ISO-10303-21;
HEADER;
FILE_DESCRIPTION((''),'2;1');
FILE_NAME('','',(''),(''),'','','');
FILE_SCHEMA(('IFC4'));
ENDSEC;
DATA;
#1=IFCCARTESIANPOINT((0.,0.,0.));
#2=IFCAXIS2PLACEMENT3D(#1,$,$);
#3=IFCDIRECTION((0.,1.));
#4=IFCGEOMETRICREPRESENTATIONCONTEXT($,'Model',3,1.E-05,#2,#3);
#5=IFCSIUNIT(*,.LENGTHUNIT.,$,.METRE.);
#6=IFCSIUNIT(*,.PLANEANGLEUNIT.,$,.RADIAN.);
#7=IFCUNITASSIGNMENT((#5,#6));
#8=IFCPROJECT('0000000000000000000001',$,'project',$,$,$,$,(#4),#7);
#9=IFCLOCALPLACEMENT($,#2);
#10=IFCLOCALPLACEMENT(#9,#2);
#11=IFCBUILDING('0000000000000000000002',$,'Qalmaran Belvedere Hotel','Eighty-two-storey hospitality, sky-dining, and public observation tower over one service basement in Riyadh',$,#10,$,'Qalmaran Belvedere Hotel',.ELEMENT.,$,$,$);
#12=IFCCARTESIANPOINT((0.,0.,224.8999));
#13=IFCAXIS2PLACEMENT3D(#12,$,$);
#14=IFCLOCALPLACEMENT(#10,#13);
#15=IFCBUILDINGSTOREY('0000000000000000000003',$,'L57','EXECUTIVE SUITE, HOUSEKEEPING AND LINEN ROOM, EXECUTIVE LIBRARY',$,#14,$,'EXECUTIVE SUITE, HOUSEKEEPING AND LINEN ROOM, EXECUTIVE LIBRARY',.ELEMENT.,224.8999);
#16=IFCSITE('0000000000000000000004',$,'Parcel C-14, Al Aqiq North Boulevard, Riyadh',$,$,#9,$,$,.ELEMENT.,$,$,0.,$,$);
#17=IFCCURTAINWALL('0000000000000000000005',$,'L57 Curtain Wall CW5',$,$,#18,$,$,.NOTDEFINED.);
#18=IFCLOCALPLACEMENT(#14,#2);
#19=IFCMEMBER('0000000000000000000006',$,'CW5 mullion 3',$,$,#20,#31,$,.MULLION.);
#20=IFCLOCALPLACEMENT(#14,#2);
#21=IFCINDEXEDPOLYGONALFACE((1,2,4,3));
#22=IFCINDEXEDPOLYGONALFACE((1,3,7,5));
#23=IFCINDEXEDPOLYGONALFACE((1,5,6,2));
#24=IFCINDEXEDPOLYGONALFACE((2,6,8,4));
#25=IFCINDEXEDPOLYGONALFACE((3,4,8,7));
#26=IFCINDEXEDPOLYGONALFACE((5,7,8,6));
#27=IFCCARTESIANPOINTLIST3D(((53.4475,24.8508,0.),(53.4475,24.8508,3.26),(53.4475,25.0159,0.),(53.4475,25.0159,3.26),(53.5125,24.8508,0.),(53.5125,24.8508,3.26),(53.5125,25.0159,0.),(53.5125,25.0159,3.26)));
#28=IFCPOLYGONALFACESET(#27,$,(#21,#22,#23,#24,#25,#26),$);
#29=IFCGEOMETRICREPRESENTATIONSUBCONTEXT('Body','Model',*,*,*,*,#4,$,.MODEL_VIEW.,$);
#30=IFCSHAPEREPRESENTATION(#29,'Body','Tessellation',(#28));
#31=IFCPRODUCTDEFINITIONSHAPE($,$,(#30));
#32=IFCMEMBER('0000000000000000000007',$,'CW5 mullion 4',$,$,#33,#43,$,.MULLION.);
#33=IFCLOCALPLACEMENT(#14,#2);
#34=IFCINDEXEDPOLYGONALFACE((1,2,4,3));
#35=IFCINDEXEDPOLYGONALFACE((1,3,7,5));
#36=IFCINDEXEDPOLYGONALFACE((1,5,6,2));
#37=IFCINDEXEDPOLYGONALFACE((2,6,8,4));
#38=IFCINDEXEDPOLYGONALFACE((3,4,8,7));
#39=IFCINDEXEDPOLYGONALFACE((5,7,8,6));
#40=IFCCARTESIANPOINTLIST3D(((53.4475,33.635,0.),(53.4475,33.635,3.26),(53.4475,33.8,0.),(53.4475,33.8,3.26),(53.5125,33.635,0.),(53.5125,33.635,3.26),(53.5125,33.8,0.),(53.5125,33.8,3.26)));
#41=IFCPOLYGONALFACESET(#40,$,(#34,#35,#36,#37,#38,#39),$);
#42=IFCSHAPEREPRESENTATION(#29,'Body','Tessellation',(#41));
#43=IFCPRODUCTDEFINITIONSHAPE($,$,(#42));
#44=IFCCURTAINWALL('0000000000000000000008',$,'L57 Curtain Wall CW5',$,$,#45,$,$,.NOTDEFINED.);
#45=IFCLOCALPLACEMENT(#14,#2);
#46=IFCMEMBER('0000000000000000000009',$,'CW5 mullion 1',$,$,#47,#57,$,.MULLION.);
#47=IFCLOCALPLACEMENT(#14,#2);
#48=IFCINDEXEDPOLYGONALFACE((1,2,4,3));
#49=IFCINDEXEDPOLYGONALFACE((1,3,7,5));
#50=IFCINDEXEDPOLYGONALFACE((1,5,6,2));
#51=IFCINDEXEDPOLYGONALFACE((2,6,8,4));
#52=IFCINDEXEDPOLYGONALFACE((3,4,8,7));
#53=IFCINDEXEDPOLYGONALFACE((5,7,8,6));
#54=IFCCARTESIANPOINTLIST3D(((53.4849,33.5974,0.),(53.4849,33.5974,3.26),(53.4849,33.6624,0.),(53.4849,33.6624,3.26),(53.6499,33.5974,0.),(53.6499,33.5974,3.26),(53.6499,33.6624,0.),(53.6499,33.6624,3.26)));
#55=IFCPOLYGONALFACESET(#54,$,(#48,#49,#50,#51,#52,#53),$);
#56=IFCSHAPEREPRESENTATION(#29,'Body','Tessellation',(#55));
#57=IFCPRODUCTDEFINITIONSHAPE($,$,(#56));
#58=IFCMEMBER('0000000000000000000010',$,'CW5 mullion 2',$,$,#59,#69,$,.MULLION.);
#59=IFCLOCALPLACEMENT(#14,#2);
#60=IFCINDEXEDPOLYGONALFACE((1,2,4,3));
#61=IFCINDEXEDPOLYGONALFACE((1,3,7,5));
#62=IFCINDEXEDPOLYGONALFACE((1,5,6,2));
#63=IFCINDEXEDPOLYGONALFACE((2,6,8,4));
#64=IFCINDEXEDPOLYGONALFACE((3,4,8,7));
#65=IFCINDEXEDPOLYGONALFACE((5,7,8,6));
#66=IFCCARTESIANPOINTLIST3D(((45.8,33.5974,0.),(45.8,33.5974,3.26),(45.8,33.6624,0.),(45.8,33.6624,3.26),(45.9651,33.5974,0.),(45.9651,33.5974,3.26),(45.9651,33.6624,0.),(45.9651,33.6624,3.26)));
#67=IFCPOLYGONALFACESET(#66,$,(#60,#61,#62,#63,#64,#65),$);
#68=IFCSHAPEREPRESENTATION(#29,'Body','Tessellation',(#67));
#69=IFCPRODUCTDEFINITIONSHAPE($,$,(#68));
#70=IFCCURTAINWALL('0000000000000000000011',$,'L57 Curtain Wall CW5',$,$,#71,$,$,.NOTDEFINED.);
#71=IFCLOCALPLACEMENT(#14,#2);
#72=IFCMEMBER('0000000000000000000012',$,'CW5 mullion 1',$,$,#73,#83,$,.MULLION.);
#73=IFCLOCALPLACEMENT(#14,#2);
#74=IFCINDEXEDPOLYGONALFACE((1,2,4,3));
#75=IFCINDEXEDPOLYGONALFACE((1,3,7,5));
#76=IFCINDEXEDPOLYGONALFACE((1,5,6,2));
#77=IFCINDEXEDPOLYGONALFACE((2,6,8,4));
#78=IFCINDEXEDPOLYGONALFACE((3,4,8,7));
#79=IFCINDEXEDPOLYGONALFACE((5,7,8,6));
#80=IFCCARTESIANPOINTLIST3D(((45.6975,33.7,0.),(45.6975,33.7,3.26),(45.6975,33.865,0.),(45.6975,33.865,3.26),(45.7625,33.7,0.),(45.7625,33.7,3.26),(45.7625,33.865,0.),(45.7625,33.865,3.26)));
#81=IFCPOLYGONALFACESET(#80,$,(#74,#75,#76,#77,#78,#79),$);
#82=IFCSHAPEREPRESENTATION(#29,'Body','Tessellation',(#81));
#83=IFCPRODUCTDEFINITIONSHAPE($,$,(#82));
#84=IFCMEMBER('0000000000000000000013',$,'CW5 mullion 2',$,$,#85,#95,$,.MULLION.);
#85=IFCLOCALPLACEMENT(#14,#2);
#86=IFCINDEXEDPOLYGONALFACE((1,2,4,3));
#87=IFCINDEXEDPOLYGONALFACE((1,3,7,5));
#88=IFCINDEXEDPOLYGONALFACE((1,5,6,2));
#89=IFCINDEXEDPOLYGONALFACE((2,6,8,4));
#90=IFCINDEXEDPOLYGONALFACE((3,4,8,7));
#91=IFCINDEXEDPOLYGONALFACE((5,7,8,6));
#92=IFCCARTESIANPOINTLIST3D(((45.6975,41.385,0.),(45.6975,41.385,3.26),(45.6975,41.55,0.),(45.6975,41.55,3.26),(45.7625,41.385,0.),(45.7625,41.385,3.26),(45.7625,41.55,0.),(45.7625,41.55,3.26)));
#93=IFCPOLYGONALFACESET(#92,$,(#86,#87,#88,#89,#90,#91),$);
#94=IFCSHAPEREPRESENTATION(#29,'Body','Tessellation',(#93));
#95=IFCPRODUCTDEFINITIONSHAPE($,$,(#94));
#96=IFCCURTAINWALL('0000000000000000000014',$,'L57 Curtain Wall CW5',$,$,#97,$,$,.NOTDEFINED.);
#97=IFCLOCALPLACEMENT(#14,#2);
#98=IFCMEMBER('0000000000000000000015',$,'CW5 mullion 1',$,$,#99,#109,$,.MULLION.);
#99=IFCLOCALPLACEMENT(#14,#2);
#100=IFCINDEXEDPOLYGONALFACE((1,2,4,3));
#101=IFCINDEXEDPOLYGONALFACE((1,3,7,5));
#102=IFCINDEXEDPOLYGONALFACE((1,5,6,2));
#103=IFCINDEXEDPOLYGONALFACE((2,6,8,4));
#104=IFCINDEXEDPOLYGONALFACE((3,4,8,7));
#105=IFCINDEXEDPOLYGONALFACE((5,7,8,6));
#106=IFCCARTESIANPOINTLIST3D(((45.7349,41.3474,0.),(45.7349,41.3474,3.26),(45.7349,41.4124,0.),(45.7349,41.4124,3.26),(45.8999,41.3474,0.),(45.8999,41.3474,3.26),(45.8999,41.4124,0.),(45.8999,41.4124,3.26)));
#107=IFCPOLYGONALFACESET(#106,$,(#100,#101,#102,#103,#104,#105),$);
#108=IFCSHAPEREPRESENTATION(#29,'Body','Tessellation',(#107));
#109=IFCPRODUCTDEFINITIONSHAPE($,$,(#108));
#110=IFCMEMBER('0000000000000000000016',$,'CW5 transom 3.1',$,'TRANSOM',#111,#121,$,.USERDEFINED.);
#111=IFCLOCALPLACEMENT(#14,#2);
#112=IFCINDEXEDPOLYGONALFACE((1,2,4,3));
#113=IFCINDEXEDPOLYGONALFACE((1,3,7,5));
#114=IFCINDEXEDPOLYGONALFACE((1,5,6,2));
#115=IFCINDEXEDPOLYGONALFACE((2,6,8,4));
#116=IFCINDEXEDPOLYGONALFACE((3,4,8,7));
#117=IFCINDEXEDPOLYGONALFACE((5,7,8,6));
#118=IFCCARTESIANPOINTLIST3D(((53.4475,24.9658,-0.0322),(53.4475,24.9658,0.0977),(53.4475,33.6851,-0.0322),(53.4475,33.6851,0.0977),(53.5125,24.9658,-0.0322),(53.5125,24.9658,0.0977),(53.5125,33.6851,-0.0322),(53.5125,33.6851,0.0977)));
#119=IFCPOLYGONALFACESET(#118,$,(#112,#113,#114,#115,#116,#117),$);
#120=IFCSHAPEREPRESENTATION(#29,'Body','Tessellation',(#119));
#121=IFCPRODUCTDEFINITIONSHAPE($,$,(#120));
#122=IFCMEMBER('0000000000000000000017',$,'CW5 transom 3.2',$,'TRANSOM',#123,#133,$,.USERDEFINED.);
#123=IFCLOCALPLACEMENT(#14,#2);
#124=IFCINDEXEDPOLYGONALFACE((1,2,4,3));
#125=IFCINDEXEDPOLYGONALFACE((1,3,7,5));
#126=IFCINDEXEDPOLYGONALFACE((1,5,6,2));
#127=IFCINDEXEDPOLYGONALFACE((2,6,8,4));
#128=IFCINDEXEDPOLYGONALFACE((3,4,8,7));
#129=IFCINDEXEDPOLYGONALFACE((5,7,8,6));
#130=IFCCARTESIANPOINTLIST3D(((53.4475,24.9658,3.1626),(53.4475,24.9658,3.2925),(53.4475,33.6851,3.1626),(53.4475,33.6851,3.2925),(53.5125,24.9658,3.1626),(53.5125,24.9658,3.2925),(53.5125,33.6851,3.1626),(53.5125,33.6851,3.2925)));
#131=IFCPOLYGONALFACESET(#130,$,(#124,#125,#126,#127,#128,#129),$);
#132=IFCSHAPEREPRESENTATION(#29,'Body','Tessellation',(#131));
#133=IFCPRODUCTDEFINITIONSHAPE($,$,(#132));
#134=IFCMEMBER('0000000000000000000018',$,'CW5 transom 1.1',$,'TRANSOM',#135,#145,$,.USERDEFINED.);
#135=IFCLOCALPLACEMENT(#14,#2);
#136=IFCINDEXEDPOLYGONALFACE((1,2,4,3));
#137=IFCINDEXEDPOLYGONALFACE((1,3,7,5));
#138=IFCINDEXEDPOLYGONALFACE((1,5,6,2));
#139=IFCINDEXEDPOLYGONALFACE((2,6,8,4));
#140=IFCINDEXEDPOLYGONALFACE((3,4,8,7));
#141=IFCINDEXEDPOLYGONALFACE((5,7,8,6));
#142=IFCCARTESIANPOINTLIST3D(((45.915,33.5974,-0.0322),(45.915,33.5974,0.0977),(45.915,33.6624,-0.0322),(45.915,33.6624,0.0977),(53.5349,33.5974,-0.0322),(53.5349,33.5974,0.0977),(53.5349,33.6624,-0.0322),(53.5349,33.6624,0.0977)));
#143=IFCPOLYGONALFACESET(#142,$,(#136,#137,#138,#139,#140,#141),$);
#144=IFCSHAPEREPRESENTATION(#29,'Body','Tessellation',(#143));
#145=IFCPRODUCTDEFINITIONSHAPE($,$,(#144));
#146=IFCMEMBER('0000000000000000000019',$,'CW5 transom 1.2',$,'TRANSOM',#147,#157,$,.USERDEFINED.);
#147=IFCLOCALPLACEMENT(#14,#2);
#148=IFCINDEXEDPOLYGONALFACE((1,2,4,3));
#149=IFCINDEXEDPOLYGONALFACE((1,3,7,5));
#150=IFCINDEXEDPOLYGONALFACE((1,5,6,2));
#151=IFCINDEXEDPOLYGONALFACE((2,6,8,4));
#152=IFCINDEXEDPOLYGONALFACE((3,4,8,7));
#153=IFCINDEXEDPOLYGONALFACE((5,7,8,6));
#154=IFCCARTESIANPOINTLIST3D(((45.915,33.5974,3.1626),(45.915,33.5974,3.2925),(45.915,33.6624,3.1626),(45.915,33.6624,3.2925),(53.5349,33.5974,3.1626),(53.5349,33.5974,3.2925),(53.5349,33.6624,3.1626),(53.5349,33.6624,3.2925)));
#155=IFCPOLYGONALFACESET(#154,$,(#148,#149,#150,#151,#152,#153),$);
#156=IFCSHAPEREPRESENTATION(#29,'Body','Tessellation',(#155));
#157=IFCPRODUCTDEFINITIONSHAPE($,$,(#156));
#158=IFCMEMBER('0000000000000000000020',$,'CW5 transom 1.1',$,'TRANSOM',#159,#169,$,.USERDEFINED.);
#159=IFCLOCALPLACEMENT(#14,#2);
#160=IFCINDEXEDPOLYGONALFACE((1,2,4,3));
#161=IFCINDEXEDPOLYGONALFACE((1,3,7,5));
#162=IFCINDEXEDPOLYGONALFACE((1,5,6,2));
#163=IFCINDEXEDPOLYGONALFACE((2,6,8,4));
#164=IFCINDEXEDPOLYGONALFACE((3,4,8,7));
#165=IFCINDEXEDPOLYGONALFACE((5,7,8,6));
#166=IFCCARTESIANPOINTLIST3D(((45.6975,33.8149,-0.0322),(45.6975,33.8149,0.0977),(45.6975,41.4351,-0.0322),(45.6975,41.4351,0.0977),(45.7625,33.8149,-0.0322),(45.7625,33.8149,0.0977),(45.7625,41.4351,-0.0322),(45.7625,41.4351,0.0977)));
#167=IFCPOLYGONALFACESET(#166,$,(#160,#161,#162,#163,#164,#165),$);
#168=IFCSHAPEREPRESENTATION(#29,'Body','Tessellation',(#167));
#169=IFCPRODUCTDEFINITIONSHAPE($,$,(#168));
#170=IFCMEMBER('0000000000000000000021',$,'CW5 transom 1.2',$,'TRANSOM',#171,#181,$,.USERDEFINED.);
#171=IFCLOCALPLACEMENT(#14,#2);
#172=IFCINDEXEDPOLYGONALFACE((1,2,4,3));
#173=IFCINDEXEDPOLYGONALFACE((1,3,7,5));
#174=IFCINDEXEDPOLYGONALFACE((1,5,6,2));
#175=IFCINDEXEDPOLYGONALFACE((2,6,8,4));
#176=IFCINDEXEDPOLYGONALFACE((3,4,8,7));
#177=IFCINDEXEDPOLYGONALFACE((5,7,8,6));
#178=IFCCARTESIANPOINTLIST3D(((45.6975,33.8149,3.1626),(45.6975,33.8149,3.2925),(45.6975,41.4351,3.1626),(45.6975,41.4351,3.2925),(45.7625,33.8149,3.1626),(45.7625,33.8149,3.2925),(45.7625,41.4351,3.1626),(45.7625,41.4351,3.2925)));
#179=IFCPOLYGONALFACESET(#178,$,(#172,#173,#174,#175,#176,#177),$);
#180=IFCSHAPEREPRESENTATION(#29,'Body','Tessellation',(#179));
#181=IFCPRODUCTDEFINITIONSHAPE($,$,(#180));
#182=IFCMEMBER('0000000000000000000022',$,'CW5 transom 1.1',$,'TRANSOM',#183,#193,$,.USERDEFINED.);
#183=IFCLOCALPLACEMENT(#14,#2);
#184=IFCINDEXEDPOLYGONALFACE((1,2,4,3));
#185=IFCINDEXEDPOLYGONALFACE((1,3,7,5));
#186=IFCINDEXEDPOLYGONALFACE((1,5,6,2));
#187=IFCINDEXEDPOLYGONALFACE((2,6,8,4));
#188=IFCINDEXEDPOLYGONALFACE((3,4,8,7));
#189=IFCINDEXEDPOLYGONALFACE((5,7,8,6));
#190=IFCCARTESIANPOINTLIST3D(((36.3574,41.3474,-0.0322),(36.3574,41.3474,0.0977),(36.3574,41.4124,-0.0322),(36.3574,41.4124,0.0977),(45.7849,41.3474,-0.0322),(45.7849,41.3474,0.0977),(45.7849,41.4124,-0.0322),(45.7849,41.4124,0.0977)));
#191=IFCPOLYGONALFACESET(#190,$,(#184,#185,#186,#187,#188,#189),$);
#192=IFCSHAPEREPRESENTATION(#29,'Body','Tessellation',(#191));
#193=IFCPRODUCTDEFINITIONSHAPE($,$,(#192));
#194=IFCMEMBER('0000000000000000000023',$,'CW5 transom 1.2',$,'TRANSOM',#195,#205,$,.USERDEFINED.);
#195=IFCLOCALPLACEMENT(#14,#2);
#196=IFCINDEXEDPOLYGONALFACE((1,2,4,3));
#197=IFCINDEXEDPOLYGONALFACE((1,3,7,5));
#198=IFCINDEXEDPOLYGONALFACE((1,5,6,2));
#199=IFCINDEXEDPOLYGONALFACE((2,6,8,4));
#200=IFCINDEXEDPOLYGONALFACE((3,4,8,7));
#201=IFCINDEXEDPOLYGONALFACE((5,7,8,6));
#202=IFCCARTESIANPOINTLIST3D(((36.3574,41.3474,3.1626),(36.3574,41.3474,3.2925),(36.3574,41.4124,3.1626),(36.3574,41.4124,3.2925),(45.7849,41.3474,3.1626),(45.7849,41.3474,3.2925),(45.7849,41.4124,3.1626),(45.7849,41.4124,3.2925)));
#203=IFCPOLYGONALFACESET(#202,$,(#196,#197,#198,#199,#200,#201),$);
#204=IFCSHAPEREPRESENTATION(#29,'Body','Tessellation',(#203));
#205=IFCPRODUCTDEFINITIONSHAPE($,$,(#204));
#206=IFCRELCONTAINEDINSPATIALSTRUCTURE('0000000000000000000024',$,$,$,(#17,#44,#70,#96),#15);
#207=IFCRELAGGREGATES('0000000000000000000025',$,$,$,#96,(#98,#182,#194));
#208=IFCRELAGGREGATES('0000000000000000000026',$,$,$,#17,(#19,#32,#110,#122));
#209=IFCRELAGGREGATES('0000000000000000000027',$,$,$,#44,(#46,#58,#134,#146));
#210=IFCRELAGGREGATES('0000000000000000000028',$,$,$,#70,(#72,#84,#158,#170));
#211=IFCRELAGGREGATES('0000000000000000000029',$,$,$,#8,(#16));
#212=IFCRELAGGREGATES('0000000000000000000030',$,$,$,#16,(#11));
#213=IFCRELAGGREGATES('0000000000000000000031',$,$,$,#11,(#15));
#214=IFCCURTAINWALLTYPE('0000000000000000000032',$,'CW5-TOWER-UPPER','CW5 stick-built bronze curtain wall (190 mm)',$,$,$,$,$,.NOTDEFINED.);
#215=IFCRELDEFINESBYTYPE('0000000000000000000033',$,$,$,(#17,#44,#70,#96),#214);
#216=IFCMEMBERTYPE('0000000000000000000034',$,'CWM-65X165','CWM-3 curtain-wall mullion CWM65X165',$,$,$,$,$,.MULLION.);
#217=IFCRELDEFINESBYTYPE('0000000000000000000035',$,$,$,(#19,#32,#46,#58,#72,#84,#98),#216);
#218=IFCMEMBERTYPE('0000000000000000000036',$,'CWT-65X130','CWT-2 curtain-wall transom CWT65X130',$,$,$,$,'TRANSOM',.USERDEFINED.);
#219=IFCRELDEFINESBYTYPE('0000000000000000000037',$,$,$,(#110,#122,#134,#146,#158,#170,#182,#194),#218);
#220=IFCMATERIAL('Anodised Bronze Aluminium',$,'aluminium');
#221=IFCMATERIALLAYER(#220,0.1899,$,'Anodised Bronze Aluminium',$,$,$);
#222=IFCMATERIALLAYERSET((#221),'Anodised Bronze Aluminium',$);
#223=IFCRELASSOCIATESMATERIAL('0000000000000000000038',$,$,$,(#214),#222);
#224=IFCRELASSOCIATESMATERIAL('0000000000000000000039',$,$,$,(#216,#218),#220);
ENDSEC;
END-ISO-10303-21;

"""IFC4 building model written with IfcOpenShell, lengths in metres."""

from ifc_helpers import new_model, si_unit, direction, frame, origin, origin_2d, place, context, subcontext, project, spatial, rectangle, extrude, material, layer, layer_set, material_profile, profile_set, type_object, element, aggregate, save


model = new_model("IFC4")

# Units and contexts
model_context = context("Model", 3, precision=1e-05, world=origin(), true_north=direction((0.0, 1.0)))
body_context = subcontext(model_context, "Body", "Model", "MODEL_VIEW")
ifc_project = project(units=[si_unit("LENGTHUNIT", "METRE"), si_unit("PLANEANGLEUNIT", "RADIAN")], contexts=[model_context])

# Site, building, storey
site_placement = place(None, origin())
site = spatial("IfcSite", under=ifc_project, at=site_placement, Name="Parcel C-14, Al Aqiq North Boulevard, Riyadh", CompositionType="ELEMENT", RefElevation=0.0)
building_placement = place(site_placement, origin())
building = spatial("IfcBuilding", under=site, at=building_placement, Name="Qalmaran Belvedere Hotel", Description="Eighty-two-storey hospitality, sky-dining, and public observation tower over one service basement in Riyadh", LongName="Qalmaran Belvedere Hotel", CompositionType="ELEMENT")
storey_placement = place(building_placement, frame((0.0, 0.0, 224.8999)))
storey = spatial("IfcBuildingStorey", under=building, at=storey_placement, Name="L57", Description="EXECUTIVE SUITE, HOUSEKEEPING AND LINEN ROOM, EXECUTIVE LIBRARY", LongName="EXECUTIVE SUITE, HOUSEKEEPING AND LINEN ROOM, EXECUTIVE LIBRARY", CompositionType="ELEMENT", Elevation=224.8999)

# Curtain walls, members
ifc_material_1 = material(Name="Anodised Bronze Aluminium", Category="aluminium")
ifc_layer_1 = layer(ifc_material_1, 0.1899, Name="Anodised Bronze Aluminium")
ifc_layer_set_1 = layer_set([ifc_layer_1], Name="Anodised Bronze Aluminium")
curtain_wall_type = type_object("IfcCurtainWallType", Name="CW5-TOWER-UPPER", Description="CW5 stick-built bronze curtain wall (190 mm)", PredefinedType="NOTDEFINED", material=ifc_layer_set_1)
curtain_wall_1_placement = place(storey_placement, origin())
curtain_wall_1 = element("IfcCurtainWall", 1, at=curtain_wall_1_placement, inside=storey, type_object=curtain_wall_type, Name="L57 Curtain Wall CW5", PredefinedType="NOTDEFINED")
ifc_material_profile_1 = material_profile(ifc_material_1, rectangle(XDim=0.0649, YDim=0.165, at=origin_2d()), Name="CWM65X165")
ifc_profile_set_1 = profile_set([ifc_material_profile_1], Name="Anodised Bronze Aluminium")
member_type_1 = type_object("IfcMemberType", Name="CWM-65X165", Description="CWM-3 curtain-wall mullion CWM65X165", PredefinedType="MULLION", material=ifc_profile_set_1)
member_1_placement = place(storey_placement, frame((53.48, 24.9333, 0.0), z_axis=(0.0, 0.0, 1.0), x_axis=(-1.0, 0.0, 0.0)))
member_1 = element("IfcMember", 2, at=member_1_placement, type_object=member_type_1, Name="CW5 mullion 3", PredefinedType="MULLION", context=body_context, shape_type="SweptSolid", body=[
    extrude(rectangle(XDim=0.0649, YDim=0.165, at=origin_2d()), origin(), (0.0, 0.0, 1.0), 3.26),
])
member_2_placement = place(storey_placement, frame((53.48, 33.7175, 0.0), z_axis=(0.0, 0.0, 1.0), x_axis=(-1.0, 0.0, 0.0)))
member_2 = element("IfcMember", 3, at=member_2_placement, type_object=member_type_1, Name="CW5 mullion 4", PredefinedType="MULLION", context=body_context, shape_type="SweptSolid", body=[
    extrude(rectangle(XDim=0.0649, YDim=0.165, at=origin_2d()), origin(), (0.0, 0.0, 1.0), 3.26),
])
curtain_wall_2_placement = place(storey_placement, origin())
curtain_wall_2 = element("IfcCurtainWall", 4, at=curtain_wall_2_placement, inside=storey, type_object=curtain_wall_type, Name="L57 Curtain Wall CW5", PredefinedType="NOTDEFINED")
member_3_placement = place(storey_placement, frame((53.5674, 33.6299, 0.0), z_axis=(0.0, 0.0, 1.0), x_axis=(0.0, -1.0, 0.0)))
member_3 = element("IfcMember", 5, at=member_3_placement, type_object=member_type_1, Name="CW5 mullion 1", PredefinedType="MULLION", context=body_context, shape_type="SweptSolid", body=[
    extrude(rectangle(XDim=0.0649, YDim=0.165, at=origin_2d()), origin(), (0.0, 0.0, 1.0), 3.26),
])
member_4_placement = place(storey_placement, frame((45.8826, 33.6299, 0.0), z_axis=(0.0, 0.0, 1.0), x_axis=(0.0, -1.0, 0.0)))
member_4 = element("IfcMember", 6, at=member_4_placement, type_object=member_type_1, Name="CW5 mullion 2", PredefinedType="MULLION", context=body_context, shape_type="SweptSolid", body=[
    extrude(rectangle(XDim=0.0649, YDim=0.165, at=origin_2d()), origin(), (0.0, 0.0, 1.0), 3.26),
])
curtain_wall_3_placement = place(storey_placement, origin())
curtain_wall_3 = element("IfcCurtainWall", 7, at=curtain_wall_3_placement, inside=storey, type_object=curtain_wall_type, Name="L57 Curtain Wall CW5", PredefinedType="NOTDEFINED")
member_5_placement = place(storey_placement, frame((45.73, 33.7825, 0.0), z_axis=(0.0, 0.0, 1.0), x_axis=(-1.0, 0.0, 0.0)))
member_5 = element("IfcMember", 8, at=member_5_placement, type_object=member_type_1, Name="CW5 mullion 1", PredefinedType="MULLION", context=body_context, shape_type="SweptSolid", body=[
    extrude(rectangle(XDim=0.0649, YDim=0.165, at=origin_2d()), origin(), (0.0, 0.0, 1.0), 3.26),
])
member_6_placement = place(storey_placement, frame((45.73, 41.4675, 0.0), z_axis=(0.0, 0.0, 1.0), x_axis=(-1.0, 0.0, 0.0)))
member_6 = element("IfcMember", 9, at=member_6_placement, type_object=member_type_1, Name="CW5 mullion 2", PredefinedType="MULLION", context=body_context, shape_type="SweptSolid", body=[
    extrude(rectangle(XDim=0.0649, YDim=0.165, at=origin_2d()), origin(), (0.0, 0.0, 1.0), 3.26),
])

# Curtain wall, member
curtain_wall_4_placement = place(storey_placement, origin())
curtain_wall_4 = element("IfcCurtainWall", 10, at=curtain_wall_4_placement, inside=storey, type_object=curtain_wall_type, Name="L57 Curtain Wall CW5", PredefinedType="NOTDEFINED")
member_7_placement = place(storey_placement, frame((45.8174, 41.3799, 0.0), z_axis=(0.0, 0.0, 1.0), x_axis=(0.0, -1.0, 0.0)))
member_7 = element("IfcMember", 11, at=member_7_placement, type_object=member_type_1, Name="CW5 mullion 1", PredefinedType="MULLION", context=body_context, shape_type="SweptSolid", body=[
    extrude(rectangle(XDim=0.0649, YDim=0.165, at=origin_2d()), origin(), (0.0, 0.0, 1.0), 3.26),
])

# Members
ifc_material_profile_2 = material_profile(ifc_material_1, rectangle(XDim=0.0649, YDim=0.1299, at=origin_2d()), Name="CWT65X130")
ifc_profile_set_2 = profile_set([ifc_material_profile_2], Name="Anodised Bronze Aluminium")
member_type_2 = type_object("IfcMemberType", Name="CWT-65X130", Description="CWT-2 curtain-wall transom CWT65X130", ElementType="TRANSOM", PredefinedType="USERDEFINED", material=ifc_profile_set_2)
member_8_placement = place(storey_placement, frame((53.48, 24.9658, 0.0327), z_axis=(0.0, 1.0, 0.0), x_axis=(-1.0, 0.0, 0.0)))
member_8 = element("IfcMember", 12, at=member_8_placement, type_object=member_type_2, Name="CW5 transom 3.1", ObjectType="TRANSOM", PredefinedType="USERDEFINED", context=body_context, shape_type="SweptSolid", body=[
    extrude(rectangle(XDim=0.0649, YDim=0.1299, at=origin_2d()), origin(), (0.0, 0.0, 1.0), 8.7192),
])
member_9_placement = place(storey_placement, frame((53.48, 24.9658, 3.2275), z_axis=(0.0, 1.0, 0.0), x_axis=(-1.0, 0.0, 0.0)))
member_9 = element("IfcMember", 13, at=member_9_placement, type_object=member_type_2, Name="CW5 transom 3.2", ObjectType="TRANSOM", PredefinedType="USERDEFINED", context=body_context, shape_type="SweptSolid", body=[
    extrude(rectangle(XDim=0.0649, YDim=0.1299, at=origin_2d()), origin(), (0.0, 0.0, 1.0), 8.7192),
])
member_10_placement = place(storey_placement, frame((53.5349, 33.6299, 0.0327), z_axis=(-1.0, 0.0, 0.0), x_axis=(0.0, -1.0, 0.0)))
member_10 = element("IfcMember", 14, at=member_10_placement, type_object=member_type_2, Name="CW5 transom 1.1", ObjectType="TRANSOM", PredefinedType="USERDEFINED", context=body_context, shape_type="SweptSolid", body=[
    extrude(rectangle(XDim=0.0649, YDim=0.1299, at=origin_2d()), origin(), (0.0, 0.0, 1.0), 7.6199),
])
member_11_placement = place(storey_placement, frame((53.5349, 33.6299, 3.2275), z_axis=(-1.0, 0.0, 0.0), x_axis=(0.0, -1.0, 0.0)))
member_11 = element("IfcMember", 15, at=member_11_placement, type_object=member_type_2, Name="CW5 transom 1.2", ObjectType="TRANSOM", PredefinedType="USERDEFINED", context=body_context, shape_type="SweptSolid", body=[
    extrude(rectangle(XDim=0.0649, YDim=0.1299, at=origin_2d()), origin(), (0.0, 0.0, 1.0), 7.6199),
])
member_12_placement = place(storey_placement, frame((45.73, 33.8149, 0.0327), z_axis=(0.0, 1.0, 0.0), x_axis=(-1.0, 0.0, 0.0)))
member_12 = element("IfcMember", 16, at=member_12_placement, type_object=member_type_2, Name="CW5 transom 1.1", ObjectType="TRANSOM", PredefinedType="USERDEFINED", context=body_context, shape_type="SweptSolid", body=[
    extrude(rectangle(XDim=0.0649, YDim=0.1299, at=origin_2d()), origin(), (0.0, 0.0, 1.0), 7.6201),
])
member_13_placement = place(storey_placement, frame((45.73, 33.8149, 3.2275), z_axis=(0.0, 1.0, 0.0), x_axis=(-1.0, 0.0, 0.0)))
member_13 = element("IfcMember", 17, at=member_13_placement, type_object=member_type_2, Name="CW5 transom 1.2", ObjectType="TRANSOM", PredefinedType="USERDEFINED", context=body_context, shape_type="SweptSolid", body=[
    extrude(rectangle(XDim=0.0649, YDim=0.1299, at=origin_2d()), origin(), (0.0, 0.0, 1.0), 7.6201),
])
member_14_placement = place(storey_placement, frame((45.7849, 41.3799, 0.0327), z_axis=(-1.0, 0.0, 0.0), x_axis=(0.0, -1.0, 0.0)))
member_14 = element("IfcMember", 18, at=member_14_placement, type_object=member_type_2, Name="CW5 transom 1.1", ObjectType="TRANSOM", PredefinedType="USERDEFINED", context=body_context, shape_type="SweptSolid", body=[
    extrude(rectangle(XDim=0.0649, YDim=0.1299, at=origin_2d()), origin(), (0.0, 0.0, 1.0), 9.4275),
])
member_15_placement = place(storey_placement, frame((45.7849, 41.3799, 3.2275), z_axis=(-1.0, 0.0, 0.0), x_axis=(0.0, -1.0, 0.0)))
member_15 = element("IfcMember", 19, at=member_15_placement, type_object=member_type_2, Name="CW5 transom 1.2", ObjectType="TRANSOM", PredefinedType="USERDEFINED", context=body_context, shape_type="SweptSolid", body=[
    extrude(rectangle(XDim=0.0649, YDim=0.1299, at=origin_2d()), origin(), (0.0, 0.0, 1.0), 9.4275),
])
aggregate(curtain_wall_4, [member_7, member_14, member_15])

aggregate(curtain_wall_1, [member_1, member_2, member_8, member_9])
aggregate(curtain_wall_2, [member_3, member_4, member_10, member_11])
aggregate(curtain_wall_3, [member_5, member_6, member_12, member_13])

save(model, "model.ifc")
